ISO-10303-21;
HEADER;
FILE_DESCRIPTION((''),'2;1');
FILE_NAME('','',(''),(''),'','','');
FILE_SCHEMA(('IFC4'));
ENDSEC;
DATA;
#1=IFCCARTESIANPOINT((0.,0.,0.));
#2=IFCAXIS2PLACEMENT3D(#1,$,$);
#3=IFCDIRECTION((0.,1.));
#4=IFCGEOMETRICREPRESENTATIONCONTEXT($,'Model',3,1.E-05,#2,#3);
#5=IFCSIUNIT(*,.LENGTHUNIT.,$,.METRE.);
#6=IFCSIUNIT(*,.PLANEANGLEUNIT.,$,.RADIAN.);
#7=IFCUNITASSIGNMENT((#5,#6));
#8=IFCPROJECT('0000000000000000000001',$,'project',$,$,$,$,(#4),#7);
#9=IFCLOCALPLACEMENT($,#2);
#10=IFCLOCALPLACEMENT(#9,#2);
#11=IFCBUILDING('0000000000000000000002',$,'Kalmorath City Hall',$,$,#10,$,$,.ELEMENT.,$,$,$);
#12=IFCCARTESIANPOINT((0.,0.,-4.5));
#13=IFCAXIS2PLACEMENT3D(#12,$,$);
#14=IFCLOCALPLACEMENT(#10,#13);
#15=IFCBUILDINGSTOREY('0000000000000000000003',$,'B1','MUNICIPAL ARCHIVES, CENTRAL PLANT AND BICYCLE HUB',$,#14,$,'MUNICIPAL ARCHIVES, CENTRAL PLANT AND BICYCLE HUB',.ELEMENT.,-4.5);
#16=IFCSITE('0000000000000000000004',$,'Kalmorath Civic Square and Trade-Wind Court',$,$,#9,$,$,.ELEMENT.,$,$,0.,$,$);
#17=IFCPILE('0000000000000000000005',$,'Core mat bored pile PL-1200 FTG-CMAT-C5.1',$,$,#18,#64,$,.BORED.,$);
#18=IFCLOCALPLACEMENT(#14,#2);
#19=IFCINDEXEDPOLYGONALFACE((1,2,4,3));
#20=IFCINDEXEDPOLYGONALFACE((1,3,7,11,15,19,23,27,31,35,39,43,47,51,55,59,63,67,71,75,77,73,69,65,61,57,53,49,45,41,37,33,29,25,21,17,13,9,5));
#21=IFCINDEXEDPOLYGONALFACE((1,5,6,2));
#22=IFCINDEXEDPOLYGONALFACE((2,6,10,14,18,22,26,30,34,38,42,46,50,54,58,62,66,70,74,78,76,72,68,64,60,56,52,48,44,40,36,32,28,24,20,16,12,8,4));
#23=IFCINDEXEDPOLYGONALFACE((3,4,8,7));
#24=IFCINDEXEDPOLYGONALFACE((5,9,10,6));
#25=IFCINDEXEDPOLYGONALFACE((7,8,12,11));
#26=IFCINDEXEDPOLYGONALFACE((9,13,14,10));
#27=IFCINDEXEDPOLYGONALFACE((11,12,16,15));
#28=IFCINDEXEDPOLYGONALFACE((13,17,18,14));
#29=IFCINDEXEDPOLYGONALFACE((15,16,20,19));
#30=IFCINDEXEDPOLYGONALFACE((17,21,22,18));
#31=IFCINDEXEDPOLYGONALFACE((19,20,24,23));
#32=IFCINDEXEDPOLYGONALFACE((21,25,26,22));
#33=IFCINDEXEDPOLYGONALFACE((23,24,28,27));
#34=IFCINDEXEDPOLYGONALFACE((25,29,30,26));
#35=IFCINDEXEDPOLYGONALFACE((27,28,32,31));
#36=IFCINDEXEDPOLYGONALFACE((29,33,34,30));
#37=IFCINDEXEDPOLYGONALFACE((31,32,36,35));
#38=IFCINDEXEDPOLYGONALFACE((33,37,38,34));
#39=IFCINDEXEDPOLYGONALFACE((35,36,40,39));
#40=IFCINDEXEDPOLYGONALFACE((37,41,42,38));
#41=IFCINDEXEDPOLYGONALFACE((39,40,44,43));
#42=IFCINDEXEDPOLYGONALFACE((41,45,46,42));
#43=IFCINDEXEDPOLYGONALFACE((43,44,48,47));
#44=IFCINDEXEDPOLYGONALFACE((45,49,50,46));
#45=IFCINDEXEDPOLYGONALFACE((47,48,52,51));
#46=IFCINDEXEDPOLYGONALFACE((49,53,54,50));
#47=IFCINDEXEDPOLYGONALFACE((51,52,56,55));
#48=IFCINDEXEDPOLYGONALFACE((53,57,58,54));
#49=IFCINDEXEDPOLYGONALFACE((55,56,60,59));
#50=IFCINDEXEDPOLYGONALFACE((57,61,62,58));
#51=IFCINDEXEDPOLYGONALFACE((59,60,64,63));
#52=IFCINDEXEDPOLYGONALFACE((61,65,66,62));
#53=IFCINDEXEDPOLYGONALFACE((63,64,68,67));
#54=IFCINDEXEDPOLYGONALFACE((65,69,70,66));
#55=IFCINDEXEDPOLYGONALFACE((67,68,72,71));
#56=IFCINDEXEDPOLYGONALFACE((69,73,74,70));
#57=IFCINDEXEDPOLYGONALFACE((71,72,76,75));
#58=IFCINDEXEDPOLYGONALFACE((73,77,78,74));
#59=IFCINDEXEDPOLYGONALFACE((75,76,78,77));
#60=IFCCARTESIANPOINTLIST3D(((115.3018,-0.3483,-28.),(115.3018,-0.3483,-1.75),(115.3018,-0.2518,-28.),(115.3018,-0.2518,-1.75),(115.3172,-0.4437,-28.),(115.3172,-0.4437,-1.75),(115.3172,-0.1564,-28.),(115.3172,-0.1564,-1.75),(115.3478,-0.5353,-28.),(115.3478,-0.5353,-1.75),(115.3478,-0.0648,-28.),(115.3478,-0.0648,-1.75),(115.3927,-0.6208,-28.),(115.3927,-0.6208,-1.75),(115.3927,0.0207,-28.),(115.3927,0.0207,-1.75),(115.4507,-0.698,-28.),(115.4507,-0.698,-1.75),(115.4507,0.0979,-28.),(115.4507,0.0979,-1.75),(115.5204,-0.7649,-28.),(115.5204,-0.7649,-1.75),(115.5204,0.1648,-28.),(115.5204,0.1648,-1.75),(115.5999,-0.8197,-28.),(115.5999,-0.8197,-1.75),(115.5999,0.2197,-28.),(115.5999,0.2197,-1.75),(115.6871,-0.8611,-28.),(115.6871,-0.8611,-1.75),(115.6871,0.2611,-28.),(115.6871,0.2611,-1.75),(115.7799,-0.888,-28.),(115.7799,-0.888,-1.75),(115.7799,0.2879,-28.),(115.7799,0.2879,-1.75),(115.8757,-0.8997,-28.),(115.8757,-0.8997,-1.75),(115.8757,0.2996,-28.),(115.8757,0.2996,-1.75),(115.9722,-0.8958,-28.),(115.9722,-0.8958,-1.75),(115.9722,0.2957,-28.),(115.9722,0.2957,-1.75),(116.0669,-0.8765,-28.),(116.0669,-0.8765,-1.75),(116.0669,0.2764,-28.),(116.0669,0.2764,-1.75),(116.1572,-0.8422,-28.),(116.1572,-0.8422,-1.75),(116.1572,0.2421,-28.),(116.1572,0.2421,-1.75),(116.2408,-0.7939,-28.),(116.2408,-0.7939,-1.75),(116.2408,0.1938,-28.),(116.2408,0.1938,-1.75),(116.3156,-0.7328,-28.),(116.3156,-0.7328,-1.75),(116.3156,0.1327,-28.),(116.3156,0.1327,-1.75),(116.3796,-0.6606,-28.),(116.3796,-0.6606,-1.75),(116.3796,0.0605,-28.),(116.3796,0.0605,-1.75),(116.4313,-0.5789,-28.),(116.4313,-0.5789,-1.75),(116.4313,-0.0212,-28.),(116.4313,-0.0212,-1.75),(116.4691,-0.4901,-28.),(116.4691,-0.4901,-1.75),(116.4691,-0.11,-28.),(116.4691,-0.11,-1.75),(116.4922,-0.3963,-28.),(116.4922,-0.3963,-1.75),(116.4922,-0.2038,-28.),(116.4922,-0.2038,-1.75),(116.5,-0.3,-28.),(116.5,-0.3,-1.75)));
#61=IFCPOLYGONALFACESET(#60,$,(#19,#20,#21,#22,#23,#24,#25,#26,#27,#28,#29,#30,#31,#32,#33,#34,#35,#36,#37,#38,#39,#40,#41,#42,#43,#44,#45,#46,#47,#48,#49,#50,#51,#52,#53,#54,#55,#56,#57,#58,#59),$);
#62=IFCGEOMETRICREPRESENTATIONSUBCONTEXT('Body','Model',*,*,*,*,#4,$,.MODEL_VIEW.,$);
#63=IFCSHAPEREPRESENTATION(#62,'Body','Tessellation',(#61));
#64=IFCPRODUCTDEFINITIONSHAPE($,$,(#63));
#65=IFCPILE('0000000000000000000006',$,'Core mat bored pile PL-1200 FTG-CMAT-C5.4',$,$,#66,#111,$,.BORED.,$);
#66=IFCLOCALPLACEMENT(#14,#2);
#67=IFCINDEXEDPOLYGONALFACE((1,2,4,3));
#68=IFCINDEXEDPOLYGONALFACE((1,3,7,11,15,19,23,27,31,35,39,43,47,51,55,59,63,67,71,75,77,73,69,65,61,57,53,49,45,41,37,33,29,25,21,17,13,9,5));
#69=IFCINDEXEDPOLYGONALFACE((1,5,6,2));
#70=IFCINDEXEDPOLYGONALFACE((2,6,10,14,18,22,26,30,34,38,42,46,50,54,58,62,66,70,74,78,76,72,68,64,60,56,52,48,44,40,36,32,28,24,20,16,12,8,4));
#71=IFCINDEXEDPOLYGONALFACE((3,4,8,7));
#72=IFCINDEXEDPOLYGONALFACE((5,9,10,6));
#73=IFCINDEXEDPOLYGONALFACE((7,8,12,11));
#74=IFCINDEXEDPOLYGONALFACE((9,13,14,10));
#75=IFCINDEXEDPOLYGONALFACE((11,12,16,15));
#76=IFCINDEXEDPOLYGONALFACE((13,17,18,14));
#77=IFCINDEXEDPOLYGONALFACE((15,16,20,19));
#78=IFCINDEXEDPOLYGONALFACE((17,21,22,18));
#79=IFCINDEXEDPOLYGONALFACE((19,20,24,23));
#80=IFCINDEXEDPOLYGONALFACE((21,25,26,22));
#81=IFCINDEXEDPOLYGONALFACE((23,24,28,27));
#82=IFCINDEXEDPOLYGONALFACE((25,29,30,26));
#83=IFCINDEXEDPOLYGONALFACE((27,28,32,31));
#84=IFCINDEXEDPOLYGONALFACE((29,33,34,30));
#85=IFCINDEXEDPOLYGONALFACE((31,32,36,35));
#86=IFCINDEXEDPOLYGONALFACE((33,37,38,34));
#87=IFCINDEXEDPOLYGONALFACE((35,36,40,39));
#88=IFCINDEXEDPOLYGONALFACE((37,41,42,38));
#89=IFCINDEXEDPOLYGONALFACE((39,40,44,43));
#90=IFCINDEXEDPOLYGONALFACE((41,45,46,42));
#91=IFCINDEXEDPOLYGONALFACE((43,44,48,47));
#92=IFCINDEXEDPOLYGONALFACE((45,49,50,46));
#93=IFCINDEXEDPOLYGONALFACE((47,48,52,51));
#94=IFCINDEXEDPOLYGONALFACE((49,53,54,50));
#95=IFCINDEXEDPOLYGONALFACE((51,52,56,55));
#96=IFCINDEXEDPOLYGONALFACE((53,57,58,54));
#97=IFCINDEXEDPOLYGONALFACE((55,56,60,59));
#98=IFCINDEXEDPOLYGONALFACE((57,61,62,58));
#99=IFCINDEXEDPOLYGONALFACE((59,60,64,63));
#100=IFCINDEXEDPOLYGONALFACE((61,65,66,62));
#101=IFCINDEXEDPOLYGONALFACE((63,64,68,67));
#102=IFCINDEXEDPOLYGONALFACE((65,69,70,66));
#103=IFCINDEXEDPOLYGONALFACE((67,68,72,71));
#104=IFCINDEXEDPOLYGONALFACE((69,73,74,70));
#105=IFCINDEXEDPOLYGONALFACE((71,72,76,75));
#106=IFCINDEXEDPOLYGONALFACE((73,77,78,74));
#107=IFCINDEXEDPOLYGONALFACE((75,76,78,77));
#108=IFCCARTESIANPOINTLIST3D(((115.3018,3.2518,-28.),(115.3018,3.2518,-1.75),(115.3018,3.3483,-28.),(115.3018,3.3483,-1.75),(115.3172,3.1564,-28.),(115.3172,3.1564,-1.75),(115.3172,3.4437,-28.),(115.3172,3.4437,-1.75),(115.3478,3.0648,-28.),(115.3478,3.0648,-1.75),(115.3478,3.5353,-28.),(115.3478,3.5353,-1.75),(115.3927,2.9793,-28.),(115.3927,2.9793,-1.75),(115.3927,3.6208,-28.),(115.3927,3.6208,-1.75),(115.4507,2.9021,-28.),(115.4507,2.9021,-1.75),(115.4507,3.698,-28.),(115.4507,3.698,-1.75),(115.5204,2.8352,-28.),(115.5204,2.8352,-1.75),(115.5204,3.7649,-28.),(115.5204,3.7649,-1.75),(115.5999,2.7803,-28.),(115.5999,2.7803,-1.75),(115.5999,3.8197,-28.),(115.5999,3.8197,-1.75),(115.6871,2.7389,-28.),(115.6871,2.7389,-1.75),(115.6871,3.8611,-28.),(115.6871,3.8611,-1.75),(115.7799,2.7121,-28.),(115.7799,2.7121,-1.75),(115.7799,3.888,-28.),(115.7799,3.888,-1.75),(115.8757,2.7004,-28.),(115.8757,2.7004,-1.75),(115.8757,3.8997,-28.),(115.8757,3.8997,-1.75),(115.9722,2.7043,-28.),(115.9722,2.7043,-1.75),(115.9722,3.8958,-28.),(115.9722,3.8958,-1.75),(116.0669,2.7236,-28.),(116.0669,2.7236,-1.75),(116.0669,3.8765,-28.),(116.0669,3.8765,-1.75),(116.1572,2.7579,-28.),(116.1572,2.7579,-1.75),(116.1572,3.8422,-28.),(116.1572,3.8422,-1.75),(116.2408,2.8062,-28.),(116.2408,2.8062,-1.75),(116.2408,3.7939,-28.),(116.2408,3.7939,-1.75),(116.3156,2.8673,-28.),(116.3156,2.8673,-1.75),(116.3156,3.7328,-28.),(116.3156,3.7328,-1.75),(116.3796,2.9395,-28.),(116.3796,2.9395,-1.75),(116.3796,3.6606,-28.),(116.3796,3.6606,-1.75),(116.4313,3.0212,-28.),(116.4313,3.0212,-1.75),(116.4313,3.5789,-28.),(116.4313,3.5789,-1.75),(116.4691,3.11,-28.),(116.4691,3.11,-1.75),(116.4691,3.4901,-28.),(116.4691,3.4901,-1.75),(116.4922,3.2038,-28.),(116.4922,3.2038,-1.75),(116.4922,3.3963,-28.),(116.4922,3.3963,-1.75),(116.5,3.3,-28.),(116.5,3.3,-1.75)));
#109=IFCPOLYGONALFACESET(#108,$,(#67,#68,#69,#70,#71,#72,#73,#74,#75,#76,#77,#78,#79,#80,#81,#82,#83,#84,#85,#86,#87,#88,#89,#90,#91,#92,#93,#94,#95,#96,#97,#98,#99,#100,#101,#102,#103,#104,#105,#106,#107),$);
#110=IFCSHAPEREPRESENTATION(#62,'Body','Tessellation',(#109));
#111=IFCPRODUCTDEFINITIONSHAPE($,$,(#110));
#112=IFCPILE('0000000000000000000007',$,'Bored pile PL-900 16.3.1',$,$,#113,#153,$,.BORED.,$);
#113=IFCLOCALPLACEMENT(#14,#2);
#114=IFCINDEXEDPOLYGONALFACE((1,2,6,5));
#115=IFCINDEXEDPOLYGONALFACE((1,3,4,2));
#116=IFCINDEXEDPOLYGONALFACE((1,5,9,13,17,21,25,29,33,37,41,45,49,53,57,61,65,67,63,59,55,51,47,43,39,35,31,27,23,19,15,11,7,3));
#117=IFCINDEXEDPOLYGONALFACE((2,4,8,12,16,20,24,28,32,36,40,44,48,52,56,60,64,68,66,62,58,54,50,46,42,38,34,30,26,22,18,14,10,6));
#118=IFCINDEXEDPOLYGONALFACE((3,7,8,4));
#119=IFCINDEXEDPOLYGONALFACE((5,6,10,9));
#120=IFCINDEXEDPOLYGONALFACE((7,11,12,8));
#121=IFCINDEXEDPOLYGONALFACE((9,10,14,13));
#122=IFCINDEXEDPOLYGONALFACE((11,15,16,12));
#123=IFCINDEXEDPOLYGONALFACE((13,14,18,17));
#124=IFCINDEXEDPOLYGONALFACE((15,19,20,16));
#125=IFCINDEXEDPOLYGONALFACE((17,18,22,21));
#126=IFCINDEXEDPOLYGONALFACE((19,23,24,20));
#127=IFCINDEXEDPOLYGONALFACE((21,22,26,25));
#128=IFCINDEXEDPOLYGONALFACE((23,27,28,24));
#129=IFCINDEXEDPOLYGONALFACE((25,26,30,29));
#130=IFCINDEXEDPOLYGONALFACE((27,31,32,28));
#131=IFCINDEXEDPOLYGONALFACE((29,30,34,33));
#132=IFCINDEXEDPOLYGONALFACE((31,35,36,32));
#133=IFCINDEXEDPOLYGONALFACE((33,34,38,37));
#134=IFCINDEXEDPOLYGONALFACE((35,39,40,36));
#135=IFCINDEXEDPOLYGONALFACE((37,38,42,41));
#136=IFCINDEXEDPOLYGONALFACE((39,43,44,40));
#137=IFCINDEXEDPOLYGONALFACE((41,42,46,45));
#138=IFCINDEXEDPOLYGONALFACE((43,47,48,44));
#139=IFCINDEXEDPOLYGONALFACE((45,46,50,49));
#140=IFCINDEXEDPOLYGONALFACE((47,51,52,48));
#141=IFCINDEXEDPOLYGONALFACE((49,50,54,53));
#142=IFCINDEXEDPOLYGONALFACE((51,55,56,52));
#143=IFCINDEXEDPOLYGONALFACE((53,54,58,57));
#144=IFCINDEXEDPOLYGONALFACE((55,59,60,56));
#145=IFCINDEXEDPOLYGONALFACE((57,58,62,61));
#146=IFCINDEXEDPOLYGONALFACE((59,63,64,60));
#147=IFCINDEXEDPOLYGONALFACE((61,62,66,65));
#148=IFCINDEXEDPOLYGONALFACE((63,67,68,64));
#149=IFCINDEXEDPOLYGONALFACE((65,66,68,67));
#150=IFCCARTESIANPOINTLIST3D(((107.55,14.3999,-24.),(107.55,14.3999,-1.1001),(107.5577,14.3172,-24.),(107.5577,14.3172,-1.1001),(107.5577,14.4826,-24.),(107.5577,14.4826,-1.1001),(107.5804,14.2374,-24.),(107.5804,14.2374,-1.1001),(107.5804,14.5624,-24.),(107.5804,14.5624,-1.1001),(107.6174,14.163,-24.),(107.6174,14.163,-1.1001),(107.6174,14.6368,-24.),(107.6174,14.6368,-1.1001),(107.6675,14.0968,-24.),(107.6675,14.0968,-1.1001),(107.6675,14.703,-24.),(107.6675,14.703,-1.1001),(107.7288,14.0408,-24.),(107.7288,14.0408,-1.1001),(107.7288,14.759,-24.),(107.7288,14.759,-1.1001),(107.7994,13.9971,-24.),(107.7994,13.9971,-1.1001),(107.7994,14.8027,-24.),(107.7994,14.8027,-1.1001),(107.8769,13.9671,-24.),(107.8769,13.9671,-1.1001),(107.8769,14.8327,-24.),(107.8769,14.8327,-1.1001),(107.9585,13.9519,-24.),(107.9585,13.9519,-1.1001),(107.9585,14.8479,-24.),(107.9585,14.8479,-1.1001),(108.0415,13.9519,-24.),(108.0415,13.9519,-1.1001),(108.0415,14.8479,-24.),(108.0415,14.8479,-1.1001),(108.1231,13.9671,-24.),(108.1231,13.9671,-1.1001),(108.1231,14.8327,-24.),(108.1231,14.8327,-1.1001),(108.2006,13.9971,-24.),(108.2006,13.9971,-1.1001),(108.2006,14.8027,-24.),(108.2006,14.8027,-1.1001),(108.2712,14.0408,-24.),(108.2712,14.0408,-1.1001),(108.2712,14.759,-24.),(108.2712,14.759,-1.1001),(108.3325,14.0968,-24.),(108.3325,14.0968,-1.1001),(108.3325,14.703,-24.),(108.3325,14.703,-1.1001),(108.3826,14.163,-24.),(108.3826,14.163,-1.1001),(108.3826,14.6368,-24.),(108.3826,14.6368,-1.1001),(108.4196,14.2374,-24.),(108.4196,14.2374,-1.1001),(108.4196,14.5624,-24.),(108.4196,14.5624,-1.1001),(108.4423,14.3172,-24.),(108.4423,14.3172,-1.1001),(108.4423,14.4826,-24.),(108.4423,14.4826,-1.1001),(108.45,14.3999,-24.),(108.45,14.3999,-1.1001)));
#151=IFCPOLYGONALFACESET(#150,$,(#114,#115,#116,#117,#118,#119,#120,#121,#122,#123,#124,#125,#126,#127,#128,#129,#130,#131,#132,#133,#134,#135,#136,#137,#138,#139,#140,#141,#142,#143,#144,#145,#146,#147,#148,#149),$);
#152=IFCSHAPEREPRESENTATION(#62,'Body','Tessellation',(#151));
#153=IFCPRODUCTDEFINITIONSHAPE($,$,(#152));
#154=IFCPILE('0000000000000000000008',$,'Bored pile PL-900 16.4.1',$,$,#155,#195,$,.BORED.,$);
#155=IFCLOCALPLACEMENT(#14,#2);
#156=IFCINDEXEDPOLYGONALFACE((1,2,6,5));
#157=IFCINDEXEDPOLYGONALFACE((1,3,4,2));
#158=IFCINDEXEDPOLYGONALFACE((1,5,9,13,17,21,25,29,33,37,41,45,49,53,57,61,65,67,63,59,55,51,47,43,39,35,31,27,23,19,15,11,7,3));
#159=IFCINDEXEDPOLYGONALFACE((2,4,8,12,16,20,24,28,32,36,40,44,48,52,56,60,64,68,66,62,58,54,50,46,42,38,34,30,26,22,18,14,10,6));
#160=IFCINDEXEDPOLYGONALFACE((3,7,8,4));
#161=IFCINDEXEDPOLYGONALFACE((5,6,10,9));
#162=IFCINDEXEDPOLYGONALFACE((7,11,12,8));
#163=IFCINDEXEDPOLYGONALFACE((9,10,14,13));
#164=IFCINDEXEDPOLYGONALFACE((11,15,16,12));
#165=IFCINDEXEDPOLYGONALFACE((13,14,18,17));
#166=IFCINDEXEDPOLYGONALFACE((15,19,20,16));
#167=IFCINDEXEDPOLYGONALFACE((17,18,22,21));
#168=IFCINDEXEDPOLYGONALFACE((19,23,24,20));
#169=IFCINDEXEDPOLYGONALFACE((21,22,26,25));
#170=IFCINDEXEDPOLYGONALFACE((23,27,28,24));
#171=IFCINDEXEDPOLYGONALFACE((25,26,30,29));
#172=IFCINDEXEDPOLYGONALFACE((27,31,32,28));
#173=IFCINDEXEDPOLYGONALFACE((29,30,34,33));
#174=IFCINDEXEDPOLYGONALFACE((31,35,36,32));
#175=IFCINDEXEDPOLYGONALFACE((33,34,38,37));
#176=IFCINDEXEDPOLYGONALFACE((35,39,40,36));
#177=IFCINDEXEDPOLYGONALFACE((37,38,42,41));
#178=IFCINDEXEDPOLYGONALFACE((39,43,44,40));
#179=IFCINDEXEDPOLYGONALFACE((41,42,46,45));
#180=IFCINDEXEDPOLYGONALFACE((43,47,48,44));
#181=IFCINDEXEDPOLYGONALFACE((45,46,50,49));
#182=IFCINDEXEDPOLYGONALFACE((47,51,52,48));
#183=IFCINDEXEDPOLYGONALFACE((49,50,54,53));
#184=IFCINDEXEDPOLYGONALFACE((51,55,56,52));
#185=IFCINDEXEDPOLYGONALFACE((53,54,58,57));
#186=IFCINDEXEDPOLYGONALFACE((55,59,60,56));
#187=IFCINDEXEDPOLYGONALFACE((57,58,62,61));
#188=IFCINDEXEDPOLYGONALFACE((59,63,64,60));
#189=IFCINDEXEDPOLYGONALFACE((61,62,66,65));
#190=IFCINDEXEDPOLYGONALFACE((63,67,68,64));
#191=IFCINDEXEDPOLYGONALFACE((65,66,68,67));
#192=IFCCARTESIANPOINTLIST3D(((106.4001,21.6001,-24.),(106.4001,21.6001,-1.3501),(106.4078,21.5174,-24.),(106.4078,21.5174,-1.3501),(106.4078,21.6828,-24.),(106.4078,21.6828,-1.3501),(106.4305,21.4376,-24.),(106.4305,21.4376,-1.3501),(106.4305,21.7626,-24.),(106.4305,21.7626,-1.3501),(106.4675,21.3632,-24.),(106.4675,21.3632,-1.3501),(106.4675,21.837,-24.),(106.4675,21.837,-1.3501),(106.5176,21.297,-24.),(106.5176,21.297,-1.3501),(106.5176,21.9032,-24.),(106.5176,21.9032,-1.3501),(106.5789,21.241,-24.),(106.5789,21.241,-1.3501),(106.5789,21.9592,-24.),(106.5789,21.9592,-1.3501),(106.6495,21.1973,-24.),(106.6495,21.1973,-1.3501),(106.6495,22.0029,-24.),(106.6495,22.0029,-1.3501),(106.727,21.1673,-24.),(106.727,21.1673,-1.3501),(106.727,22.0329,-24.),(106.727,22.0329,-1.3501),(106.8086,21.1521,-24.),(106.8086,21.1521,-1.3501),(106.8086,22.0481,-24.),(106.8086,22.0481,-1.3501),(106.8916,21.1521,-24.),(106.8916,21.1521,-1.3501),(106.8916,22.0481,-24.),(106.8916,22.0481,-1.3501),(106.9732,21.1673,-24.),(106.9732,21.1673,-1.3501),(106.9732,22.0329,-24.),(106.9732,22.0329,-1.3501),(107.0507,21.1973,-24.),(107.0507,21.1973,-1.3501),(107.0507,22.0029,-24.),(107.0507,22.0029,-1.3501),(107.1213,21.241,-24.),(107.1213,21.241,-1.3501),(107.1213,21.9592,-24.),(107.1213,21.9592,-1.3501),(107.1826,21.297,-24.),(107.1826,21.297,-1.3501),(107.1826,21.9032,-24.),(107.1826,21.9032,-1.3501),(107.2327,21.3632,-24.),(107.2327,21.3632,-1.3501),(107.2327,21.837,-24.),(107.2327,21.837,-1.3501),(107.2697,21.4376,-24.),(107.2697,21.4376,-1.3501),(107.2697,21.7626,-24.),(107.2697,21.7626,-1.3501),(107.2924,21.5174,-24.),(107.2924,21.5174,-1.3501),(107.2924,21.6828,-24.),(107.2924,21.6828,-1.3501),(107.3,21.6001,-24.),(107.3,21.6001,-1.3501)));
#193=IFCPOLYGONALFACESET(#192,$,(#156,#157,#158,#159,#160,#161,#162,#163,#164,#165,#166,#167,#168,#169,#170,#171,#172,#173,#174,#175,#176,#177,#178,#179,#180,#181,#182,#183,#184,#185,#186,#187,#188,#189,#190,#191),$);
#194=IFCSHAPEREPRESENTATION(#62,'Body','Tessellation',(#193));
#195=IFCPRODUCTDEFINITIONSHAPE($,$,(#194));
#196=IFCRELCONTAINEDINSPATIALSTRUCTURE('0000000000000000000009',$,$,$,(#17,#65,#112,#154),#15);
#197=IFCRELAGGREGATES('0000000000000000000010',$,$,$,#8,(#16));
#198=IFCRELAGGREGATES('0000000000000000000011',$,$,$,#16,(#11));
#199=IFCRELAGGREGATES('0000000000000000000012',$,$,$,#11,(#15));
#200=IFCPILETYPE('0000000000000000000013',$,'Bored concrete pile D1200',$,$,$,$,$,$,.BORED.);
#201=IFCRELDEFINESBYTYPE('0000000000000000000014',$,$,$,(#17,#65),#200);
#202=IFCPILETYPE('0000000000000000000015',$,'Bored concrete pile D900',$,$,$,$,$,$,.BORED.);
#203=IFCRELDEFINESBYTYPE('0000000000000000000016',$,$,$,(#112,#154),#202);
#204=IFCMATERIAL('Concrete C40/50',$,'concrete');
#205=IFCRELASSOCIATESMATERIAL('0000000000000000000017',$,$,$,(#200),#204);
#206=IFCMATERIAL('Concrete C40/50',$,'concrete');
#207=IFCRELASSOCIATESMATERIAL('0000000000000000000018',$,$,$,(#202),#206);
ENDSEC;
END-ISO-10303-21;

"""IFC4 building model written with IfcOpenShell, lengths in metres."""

from ifc_helpers import new_model, si_unit, direction, frame, origin, origin_2d, place, context, subcontext, project, spatial, circle, extrude, material, material_profile, profile_set, type_object, element, save


model = new_model("IFC4")

# Units and contexts
model_context = context("Model", 3, precision=1e-05, world=origin(), true_north=direction((0.0, 1.0)))
body_context = subcontext(model_context, "Body", "Model", "MODEL_VIEW")
ifc_project = project(units=[si_unit("LENGTHUNIT", "METRE"), si_unit("PLANEANGLEUNIT", "RADIAN")], contexts=[model_context])

# Site, building, storey
site_placement = place(None, origin())
site = spatial("IfcSite", under=ifc_project, at=site_placement, Name="Kalmorath Civic Square and Trade-Wind Court", CompositionType="ELEMENT", RefElevation=0.0)
building_placement = place(site_placement, origin())
building = spatial("IfcBuilding", under=site, at=building_placement, Name="Kalmorath City Hall", CompositionType="ELEMENT")
storey_placement = place(building_placement, frame((0.0, 0.0, -4.5)))
storey = spatial("IfcBuildingStorey", under=building, at=storey_placement, Name="B1", Description="MUNICIPAL ARCHIVES, CENTRAL PLANT AND BICYCLE HUB", LongName="MUNICIPAL ARCHIVES, CENTRAL PLANT AND BICYCLE HUB", CompositionType="ELEMENT", Elevation=-4.5)

# Piles
ifc_material_1 = material(Name="Concrete C40/50", Category="concrete")
ifc_material_profile_1 = material_profile(ifc_material_1, circle(Radius=0.6001, at=origin_2d()), Name="PILE-D1200")
ifc_profile_set_1 = profile_set([ifc_material_profile_1], Name="Concrete C40/50")
pile_type_1 = type_object("IfcPileType", Name="Bored concrete pile D1200", PredefinedType="BORED", material=ifc_profile_set_1)
for number, where, z_axis, x_axis, name in (
    (1, (115.8999, -0.3, -1.75), (0.0, 0.0, -1.0), (1.0, 0.0, 0.0), "Core mat bored pile PL-1200 FTG-CMAT-C5.1"),
    (2, (115.8999, 3.3, -1.75), (0.0, 0.0, -1.0), (1.0, 0.0, 0.0), "Core mat bored pile PL-1200 FTG-CMAT-C5.4"),
):
    element("IfcPile", number, at=place(storey_placement, frame(where, z_axis=z_axis, x_axis=x_axis)), inside=storey, type_object=pile_type_1, Name=name, PredefinedType="BORED", context=body_context, shape_type="SweptSolid", body=[
        extrude(circle(Radius=0.6001, at=origin_2d()), origin(), (0.0, 0.0, 1.0), 26.25),
    ])
ifc_material_2 = material(Name="Concrete C40/50", Category="concrete")
ifc_material_profile_2 = material_profile(ifc_material_2, circle(Radius=0.45, at=origin_2d()), Name="PILE-D900")
ifc_profile_set_2 = profile_set([ifc_material_profile_2], Name="Concrete C40/50")
pile_type_2 = type_object("IfcPileType", Name="Bored concrete pile D900", PredefinedType="BORED", material=ifc_profile_set_2)
pile_1_placement = place(storey_placement, frame((108.0, 14.3999, -1.1001), z_axis=(0.0, 0.0, -1.0), x_axis=(1.0, 0.0, 0.0)))
element("IfcPile", 3, at=pile_1_placement, inside=storey, type_object=pile_type_2, Name="Bored pile PL-900 16.3.1", PredefinedType="BORED", context=body_context, shape_type="SweptSolid", body=[
    extrude(circle(Radius=0.45, at=origin_2d()), origin(), (0.0, 0.0, 1.0), 22.8999),
])
for number, where, z_axis, x_axis, name in (
    (4, (106.8501, 21.6001, -1.3501), (0.0, 0.0, -1.0), (1.0, 0.0, 0.0), "Bored pile PL-900 16.4.1"),
):
    element("IfcPile", number, at=place(storey_placement, frame(where, z_axis=z_axis, x_axis=x_axis)), inside=storey, type_object=pile_type_2, Name=name, PredefinedType="BORED", context=body_context, shape_type="SweptSolid", body=[
        extrude(circle(Radius=0.45, at=origin_2d()), origin(), (0.0, 0.0, 1.0), 22.6499),
    ])

save(model, "model.ifc")
